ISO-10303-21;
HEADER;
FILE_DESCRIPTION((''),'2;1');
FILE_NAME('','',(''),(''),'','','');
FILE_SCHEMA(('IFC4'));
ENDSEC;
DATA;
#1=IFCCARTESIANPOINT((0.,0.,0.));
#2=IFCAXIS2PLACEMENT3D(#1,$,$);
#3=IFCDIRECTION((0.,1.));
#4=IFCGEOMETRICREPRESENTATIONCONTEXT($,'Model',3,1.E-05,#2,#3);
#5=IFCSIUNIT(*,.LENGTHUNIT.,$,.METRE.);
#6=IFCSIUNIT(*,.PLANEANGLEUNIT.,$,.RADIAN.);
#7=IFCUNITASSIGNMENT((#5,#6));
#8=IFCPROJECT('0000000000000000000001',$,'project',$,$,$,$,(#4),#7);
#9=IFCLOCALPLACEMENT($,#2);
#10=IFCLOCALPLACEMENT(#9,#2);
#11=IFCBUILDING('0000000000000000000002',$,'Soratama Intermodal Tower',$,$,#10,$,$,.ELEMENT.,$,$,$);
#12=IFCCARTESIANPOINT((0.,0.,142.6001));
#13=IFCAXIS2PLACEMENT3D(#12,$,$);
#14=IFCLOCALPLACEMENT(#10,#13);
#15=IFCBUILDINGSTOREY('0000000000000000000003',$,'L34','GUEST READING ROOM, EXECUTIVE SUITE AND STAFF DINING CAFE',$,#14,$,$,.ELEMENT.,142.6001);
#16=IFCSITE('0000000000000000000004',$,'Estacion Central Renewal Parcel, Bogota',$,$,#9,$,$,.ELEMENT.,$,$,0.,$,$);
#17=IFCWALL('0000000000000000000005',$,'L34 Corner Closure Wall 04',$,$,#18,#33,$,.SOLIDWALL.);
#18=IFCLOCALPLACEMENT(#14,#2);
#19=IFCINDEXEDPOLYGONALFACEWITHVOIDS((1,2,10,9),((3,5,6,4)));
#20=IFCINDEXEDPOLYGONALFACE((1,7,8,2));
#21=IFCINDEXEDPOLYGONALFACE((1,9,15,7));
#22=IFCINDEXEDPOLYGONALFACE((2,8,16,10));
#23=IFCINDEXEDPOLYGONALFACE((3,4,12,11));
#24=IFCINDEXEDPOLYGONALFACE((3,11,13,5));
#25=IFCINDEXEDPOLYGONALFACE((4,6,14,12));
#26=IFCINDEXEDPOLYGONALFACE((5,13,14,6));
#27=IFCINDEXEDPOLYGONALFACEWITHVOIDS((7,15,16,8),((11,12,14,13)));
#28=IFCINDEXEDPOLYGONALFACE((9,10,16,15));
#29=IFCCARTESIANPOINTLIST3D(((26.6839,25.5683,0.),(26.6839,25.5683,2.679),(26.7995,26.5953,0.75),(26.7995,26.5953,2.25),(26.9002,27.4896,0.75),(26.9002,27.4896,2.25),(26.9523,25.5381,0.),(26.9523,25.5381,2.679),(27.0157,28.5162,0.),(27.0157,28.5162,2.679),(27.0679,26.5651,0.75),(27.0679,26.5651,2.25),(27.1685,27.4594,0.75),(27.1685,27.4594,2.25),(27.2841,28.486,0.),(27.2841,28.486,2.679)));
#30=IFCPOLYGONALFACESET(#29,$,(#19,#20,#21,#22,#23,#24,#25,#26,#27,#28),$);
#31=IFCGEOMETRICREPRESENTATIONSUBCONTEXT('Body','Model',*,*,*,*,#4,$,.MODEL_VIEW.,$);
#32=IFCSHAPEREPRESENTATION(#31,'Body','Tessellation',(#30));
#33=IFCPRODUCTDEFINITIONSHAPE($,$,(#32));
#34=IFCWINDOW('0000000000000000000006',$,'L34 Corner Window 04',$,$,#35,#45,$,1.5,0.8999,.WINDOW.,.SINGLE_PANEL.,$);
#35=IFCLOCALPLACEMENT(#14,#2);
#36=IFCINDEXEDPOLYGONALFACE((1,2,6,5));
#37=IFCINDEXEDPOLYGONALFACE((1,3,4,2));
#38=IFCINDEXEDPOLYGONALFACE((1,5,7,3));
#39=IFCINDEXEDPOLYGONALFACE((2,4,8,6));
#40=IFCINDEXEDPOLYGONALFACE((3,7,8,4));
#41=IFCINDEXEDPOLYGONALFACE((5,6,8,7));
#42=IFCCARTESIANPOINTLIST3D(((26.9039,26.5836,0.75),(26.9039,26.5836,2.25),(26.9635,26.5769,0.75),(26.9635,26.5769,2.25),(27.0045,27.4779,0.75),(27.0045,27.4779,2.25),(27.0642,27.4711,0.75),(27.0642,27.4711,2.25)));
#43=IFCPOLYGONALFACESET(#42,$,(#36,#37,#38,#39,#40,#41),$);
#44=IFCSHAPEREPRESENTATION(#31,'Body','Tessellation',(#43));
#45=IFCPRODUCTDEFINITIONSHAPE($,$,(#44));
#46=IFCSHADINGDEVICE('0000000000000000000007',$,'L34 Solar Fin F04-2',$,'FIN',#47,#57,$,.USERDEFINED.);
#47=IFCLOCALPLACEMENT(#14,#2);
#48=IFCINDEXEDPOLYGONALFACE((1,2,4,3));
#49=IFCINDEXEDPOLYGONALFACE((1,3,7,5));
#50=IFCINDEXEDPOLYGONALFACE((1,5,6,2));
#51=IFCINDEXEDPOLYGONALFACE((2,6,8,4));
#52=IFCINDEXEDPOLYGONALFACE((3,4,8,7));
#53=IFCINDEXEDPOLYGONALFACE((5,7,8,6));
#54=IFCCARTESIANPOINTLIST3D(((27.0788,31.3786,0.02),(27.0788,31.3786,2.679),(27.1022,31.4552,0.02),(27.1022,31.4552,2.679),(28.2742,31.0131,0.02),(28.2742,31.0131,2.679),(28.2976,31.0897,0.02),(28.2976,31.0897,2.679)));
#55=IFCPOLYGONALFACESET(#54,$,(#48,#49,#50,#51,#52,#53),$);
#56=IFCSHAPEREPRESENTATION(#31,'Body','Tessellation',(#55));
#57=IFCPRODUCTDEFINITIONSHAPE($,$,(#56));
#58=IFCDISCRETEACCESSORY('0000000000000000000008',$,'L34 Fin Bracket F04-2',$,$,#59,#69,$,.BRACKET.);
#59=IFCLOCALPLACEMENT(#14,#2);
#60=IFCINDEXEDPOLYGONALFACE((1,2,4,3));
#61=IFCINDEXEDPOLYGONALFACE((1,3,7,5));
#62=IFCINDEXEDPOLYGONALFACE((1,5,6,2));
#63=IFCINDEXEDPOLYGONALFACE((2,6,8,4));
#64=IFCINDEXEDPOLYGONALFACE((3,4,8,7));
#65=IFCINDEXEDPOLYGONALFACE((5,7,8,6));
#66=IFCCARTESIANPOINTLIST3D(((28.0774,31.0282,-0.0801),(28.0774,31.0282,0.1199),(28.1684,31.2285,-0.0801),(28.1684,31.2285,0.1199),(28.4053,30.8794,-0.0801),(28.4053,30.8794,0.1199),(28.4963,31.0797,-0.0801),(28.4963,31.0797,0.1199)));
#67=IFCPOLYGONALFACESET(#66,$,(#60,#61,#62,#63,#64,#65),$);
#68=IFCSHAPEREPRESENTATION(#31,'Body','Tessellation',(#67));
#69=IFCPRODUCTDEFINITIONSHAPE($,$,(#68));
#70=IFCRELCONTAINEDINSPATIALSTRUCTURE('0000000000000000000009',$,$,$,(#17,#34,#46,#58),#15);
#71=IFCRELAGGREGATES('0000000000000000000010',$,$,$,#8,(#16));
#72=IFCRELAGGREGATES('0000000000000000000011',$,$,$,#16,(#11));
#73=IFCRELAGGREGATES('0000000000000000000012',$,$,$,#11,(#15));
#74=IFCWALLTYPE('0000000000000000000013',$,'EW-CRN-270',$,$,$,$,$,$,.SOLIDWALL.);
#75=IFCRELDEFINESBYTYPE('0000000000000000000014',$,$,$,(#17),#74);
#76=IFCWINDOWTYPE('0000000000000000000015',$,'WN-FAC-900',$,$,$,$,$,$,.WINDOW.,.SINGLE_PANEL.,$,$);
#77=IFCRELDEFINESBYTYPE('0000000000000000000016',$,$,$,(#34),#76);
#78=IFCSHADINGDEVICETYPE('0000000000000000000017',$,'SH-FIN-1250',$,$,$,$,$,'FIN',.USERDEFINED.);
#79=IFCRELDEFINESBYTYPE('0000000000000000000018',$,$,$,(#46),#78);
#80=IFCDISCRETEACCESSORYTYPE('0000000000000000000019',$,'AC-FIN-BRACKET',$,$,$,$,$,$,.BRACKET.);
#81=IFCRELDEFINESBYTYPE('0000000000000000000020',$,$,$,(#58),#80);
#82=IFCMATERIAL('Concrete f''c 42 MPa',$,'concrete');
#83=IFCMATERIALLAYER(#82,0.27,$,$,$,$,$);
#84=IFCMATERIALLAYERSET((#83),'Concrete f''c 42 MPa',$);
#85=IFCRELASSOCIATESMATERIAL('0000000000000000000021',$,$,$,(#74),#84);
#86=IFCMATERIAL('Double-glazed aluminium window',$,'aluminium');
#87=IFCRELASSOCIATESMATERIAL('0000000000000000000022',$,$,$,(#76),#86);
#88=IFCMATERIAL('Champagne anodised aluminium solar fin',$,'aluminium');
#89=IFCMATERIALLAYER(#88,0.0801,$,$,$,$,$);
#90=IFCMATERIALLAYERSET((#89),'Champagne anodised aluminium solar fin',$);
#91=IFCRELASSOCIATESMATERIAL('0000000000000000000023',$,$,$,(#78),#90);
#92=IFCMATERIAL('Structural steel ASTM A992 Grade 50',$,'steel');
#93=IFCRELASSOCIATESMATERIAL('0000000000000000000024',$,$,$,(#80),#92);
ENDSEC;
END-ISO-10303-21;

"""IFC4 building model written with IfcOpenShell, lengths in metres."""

from ifc_helpers import new_model, si_unit, direction, frame, frame_2d, origin, origin_2d, place, context, subcontext, project, spatial, rectangle, extrude, material, layer, layer_set, type_object, element, fill, save


model = new_model("IFC4")

# Units and contexts
model_context = context("Model", 3, precision=1e-05, world=origin(), true_north=direction((0.0, 1.0)))
body_context = subcontext(model_context, "Body", "Model", "MODEL_VIEW")
ifc_project = project(units=[si_unit("LENGTHUNIT", "METRE"), si_unit("PLANEANGLEUNIT", "RADIAN")], contexts=[model_context])

# Site, building, storey
site_placement = place(None, origin())
site = spatial("IfcSite", under=ifc_project, at=site_placement, Name="Estacion Central Renewal Parcel, Bogota", CompositionType="ELEMENT", RefElevation=0.0)
building_placement = place(site_placement, origin())
building = spatial("IfcBuilding", under=site, at=building_placement, Name="Soratama Intermodal Tower", CompositionType="ELEMENT")
storey_placement = place(building_placement, frame((0.0, 0.0, 142.6001)))
storey = spatial("IfcBuildingStorey", under=building, at=storey_placement, Name="L34", Description="GUEST READING ROOM, EXECUTIVE SUITE AND STAFF DINING CAFE", CompositionType="ELEMENT", Elevation=142.6001)

# Wall, opening, window
ifc_material_1 = material(Name="Concrete f'c 42 MPa", Category="concrete")
ifc_layer_1 = layer(ifc_material_1, 0.27)
ifc_layer_set_1 = layer_set([ifc_layer_1], Name="Concrete f'c 42 MPa")
wall_type_1 = type_object("IfcWallType", Name="EW-CRN-270", PredefinedType="SOLIDWALL", material=ifc_layer_set_1)
wall_1_placement = place(storey_placement, frame((27.1499, 28.5012, 0.0), z_axis=(0.0, 0.0, 1.0), x_axis=(-0.11184, -0.993726, 0.0)))
wall_1 = element("IfcWall", 1, at=wall_1_placement, inside=storey, type_object=wall_type_1, Name="L34 Corner Closure Wall 04", PredefinedType="SOLIDWALL", context=body_context, shape_type="SweptSolid", body=[
    extrude(rectangle(XDim=2.9666, YDim=0.27, at=frame_2d((1.4834, 0.0))), origin(), (0.0, 0.0, 1.0), 2.679),
])
opening_1_placement = place(wall_1_placement, frame((1.0332, 0.0, 0.75)))
opening_1 = element("IfcOpeningElement", 2, at=opening_1_placement, cuts=wall_1, PredefinedType="OPENING", context=body_context, shape_type="SweptSolid", body=[
    extrude(rectangle(XDim=0.8999, YDim=1.5, at=frame_2d((0.45, 0.75))), frame((0.0, 0.145, 0.0), z_axis=(0.0, -1.0, 0.0), x_axis=(1.0, 0.0, 0.0)), (0.0, 0.0, 1.0), 0.29),
])
ifc_material_2 = material(Name="Double-glazed aluminium window", Category="aluminium")
window_type_1 = type_object("IfcWindowType", Name="WN-FAC-900", PartitioningType="SINGLE_PANEL", PredefinedType="WINDOW", material=ifc_material_2)
window_1_placement = place(opening_1_placement, origin())
window_1 = element("IfcWindow", 3, at=window_1_placement, inside=storey, type_object=window_type_1, Name="L34 Corner Window 04", OverallHeight=1.5, OverallWidth=0.8999, PartitioningType="SINGLE_PANEL", PredefinedType="WINDOW", context=body_context, shape_type="SweptSolid", body=[
    extrude(rectangle(XDim=0.8999, YDim=1.5, at=frame_2d((0.45, 0.75))), frame((0.0, 0.03, 0.0), z_axis=(0.0, -1.0, 0.0), x_axis=(1.0, 0.0, 0.0)), (0.0, 0.0, 1.0), 0.0601),
])
fill(opening_1, window_1)

# Shading device
ifc_material_3 = material(Name="Champagne anodised aluminium solar fin", Category="aluminium")
ifc_layer_2 = layer(ifc_material_3, 0.0801)
ifc_layer_set_2 = layer_set([ifc_layer_2], Name="Champagne anodised aluminium solar fin")
shading_device_type = type_object("IfcShadingDeviceType", Name="SH-FIN-1250", ElementType="FIN", PredefinedType="USERDEFINED", material=ifc_layer_set_2)
shading_device_placement = place(storey_placement, frame((27.6882, 31.2341, 0.02), z_axis=(0.0, 0.0, 1.0), x_axis=(-0.956305, 0.292372, 0.0)))
element("IfcShadingDevice", 4, at=shading_device_placement, inside=storey, type_object=shading_device_type, Name="L34 Solar Fin F04-2", ObjectType="FIN", PredefinedType="USERDEFINED", context=body_context, shape_type="SweptSolid", body=[
    extrude(rectangle(XDim=1.25, YDim=0.0801, at=origin_2d()), origin(), (0.0, 0.0, 1.0), 2.6589),
])

# Discrete accessory
ifc_material_4 = material(Name="Structural steel ASTM A992 Grade 50", Category="steel")
discrete_accessory_type = type_object("IfcDiscreteAccessoryType", Name="AC-FIN-BRACKET", PredefinedType="BRACKET", material=ifc_material_4)
discrete_accessory_placement = place(storey_placement, frame((28.2869, 31.054, -0.0801), z_axis=(0.0, 0.0, 1.0), x_axis=(-0.910539, 0.413422, 0.0)))
element("IfcDiscreteAccessory", 5, at=discrete_accessory_placement, inside=storey, type_object=discrete_accessory_type, Name="L34 Fin Bracket F04-2", PredefinedType="BRACKET", context=body_context, shape_type="SweptSolid", body=[
    extrude(rectangle(XDim=0.3601, YDim=0.22, at=origin_2d()), origin(), (0.0, 0.0, 1.0), 0.2),
])

save(model, "model.ifc")
